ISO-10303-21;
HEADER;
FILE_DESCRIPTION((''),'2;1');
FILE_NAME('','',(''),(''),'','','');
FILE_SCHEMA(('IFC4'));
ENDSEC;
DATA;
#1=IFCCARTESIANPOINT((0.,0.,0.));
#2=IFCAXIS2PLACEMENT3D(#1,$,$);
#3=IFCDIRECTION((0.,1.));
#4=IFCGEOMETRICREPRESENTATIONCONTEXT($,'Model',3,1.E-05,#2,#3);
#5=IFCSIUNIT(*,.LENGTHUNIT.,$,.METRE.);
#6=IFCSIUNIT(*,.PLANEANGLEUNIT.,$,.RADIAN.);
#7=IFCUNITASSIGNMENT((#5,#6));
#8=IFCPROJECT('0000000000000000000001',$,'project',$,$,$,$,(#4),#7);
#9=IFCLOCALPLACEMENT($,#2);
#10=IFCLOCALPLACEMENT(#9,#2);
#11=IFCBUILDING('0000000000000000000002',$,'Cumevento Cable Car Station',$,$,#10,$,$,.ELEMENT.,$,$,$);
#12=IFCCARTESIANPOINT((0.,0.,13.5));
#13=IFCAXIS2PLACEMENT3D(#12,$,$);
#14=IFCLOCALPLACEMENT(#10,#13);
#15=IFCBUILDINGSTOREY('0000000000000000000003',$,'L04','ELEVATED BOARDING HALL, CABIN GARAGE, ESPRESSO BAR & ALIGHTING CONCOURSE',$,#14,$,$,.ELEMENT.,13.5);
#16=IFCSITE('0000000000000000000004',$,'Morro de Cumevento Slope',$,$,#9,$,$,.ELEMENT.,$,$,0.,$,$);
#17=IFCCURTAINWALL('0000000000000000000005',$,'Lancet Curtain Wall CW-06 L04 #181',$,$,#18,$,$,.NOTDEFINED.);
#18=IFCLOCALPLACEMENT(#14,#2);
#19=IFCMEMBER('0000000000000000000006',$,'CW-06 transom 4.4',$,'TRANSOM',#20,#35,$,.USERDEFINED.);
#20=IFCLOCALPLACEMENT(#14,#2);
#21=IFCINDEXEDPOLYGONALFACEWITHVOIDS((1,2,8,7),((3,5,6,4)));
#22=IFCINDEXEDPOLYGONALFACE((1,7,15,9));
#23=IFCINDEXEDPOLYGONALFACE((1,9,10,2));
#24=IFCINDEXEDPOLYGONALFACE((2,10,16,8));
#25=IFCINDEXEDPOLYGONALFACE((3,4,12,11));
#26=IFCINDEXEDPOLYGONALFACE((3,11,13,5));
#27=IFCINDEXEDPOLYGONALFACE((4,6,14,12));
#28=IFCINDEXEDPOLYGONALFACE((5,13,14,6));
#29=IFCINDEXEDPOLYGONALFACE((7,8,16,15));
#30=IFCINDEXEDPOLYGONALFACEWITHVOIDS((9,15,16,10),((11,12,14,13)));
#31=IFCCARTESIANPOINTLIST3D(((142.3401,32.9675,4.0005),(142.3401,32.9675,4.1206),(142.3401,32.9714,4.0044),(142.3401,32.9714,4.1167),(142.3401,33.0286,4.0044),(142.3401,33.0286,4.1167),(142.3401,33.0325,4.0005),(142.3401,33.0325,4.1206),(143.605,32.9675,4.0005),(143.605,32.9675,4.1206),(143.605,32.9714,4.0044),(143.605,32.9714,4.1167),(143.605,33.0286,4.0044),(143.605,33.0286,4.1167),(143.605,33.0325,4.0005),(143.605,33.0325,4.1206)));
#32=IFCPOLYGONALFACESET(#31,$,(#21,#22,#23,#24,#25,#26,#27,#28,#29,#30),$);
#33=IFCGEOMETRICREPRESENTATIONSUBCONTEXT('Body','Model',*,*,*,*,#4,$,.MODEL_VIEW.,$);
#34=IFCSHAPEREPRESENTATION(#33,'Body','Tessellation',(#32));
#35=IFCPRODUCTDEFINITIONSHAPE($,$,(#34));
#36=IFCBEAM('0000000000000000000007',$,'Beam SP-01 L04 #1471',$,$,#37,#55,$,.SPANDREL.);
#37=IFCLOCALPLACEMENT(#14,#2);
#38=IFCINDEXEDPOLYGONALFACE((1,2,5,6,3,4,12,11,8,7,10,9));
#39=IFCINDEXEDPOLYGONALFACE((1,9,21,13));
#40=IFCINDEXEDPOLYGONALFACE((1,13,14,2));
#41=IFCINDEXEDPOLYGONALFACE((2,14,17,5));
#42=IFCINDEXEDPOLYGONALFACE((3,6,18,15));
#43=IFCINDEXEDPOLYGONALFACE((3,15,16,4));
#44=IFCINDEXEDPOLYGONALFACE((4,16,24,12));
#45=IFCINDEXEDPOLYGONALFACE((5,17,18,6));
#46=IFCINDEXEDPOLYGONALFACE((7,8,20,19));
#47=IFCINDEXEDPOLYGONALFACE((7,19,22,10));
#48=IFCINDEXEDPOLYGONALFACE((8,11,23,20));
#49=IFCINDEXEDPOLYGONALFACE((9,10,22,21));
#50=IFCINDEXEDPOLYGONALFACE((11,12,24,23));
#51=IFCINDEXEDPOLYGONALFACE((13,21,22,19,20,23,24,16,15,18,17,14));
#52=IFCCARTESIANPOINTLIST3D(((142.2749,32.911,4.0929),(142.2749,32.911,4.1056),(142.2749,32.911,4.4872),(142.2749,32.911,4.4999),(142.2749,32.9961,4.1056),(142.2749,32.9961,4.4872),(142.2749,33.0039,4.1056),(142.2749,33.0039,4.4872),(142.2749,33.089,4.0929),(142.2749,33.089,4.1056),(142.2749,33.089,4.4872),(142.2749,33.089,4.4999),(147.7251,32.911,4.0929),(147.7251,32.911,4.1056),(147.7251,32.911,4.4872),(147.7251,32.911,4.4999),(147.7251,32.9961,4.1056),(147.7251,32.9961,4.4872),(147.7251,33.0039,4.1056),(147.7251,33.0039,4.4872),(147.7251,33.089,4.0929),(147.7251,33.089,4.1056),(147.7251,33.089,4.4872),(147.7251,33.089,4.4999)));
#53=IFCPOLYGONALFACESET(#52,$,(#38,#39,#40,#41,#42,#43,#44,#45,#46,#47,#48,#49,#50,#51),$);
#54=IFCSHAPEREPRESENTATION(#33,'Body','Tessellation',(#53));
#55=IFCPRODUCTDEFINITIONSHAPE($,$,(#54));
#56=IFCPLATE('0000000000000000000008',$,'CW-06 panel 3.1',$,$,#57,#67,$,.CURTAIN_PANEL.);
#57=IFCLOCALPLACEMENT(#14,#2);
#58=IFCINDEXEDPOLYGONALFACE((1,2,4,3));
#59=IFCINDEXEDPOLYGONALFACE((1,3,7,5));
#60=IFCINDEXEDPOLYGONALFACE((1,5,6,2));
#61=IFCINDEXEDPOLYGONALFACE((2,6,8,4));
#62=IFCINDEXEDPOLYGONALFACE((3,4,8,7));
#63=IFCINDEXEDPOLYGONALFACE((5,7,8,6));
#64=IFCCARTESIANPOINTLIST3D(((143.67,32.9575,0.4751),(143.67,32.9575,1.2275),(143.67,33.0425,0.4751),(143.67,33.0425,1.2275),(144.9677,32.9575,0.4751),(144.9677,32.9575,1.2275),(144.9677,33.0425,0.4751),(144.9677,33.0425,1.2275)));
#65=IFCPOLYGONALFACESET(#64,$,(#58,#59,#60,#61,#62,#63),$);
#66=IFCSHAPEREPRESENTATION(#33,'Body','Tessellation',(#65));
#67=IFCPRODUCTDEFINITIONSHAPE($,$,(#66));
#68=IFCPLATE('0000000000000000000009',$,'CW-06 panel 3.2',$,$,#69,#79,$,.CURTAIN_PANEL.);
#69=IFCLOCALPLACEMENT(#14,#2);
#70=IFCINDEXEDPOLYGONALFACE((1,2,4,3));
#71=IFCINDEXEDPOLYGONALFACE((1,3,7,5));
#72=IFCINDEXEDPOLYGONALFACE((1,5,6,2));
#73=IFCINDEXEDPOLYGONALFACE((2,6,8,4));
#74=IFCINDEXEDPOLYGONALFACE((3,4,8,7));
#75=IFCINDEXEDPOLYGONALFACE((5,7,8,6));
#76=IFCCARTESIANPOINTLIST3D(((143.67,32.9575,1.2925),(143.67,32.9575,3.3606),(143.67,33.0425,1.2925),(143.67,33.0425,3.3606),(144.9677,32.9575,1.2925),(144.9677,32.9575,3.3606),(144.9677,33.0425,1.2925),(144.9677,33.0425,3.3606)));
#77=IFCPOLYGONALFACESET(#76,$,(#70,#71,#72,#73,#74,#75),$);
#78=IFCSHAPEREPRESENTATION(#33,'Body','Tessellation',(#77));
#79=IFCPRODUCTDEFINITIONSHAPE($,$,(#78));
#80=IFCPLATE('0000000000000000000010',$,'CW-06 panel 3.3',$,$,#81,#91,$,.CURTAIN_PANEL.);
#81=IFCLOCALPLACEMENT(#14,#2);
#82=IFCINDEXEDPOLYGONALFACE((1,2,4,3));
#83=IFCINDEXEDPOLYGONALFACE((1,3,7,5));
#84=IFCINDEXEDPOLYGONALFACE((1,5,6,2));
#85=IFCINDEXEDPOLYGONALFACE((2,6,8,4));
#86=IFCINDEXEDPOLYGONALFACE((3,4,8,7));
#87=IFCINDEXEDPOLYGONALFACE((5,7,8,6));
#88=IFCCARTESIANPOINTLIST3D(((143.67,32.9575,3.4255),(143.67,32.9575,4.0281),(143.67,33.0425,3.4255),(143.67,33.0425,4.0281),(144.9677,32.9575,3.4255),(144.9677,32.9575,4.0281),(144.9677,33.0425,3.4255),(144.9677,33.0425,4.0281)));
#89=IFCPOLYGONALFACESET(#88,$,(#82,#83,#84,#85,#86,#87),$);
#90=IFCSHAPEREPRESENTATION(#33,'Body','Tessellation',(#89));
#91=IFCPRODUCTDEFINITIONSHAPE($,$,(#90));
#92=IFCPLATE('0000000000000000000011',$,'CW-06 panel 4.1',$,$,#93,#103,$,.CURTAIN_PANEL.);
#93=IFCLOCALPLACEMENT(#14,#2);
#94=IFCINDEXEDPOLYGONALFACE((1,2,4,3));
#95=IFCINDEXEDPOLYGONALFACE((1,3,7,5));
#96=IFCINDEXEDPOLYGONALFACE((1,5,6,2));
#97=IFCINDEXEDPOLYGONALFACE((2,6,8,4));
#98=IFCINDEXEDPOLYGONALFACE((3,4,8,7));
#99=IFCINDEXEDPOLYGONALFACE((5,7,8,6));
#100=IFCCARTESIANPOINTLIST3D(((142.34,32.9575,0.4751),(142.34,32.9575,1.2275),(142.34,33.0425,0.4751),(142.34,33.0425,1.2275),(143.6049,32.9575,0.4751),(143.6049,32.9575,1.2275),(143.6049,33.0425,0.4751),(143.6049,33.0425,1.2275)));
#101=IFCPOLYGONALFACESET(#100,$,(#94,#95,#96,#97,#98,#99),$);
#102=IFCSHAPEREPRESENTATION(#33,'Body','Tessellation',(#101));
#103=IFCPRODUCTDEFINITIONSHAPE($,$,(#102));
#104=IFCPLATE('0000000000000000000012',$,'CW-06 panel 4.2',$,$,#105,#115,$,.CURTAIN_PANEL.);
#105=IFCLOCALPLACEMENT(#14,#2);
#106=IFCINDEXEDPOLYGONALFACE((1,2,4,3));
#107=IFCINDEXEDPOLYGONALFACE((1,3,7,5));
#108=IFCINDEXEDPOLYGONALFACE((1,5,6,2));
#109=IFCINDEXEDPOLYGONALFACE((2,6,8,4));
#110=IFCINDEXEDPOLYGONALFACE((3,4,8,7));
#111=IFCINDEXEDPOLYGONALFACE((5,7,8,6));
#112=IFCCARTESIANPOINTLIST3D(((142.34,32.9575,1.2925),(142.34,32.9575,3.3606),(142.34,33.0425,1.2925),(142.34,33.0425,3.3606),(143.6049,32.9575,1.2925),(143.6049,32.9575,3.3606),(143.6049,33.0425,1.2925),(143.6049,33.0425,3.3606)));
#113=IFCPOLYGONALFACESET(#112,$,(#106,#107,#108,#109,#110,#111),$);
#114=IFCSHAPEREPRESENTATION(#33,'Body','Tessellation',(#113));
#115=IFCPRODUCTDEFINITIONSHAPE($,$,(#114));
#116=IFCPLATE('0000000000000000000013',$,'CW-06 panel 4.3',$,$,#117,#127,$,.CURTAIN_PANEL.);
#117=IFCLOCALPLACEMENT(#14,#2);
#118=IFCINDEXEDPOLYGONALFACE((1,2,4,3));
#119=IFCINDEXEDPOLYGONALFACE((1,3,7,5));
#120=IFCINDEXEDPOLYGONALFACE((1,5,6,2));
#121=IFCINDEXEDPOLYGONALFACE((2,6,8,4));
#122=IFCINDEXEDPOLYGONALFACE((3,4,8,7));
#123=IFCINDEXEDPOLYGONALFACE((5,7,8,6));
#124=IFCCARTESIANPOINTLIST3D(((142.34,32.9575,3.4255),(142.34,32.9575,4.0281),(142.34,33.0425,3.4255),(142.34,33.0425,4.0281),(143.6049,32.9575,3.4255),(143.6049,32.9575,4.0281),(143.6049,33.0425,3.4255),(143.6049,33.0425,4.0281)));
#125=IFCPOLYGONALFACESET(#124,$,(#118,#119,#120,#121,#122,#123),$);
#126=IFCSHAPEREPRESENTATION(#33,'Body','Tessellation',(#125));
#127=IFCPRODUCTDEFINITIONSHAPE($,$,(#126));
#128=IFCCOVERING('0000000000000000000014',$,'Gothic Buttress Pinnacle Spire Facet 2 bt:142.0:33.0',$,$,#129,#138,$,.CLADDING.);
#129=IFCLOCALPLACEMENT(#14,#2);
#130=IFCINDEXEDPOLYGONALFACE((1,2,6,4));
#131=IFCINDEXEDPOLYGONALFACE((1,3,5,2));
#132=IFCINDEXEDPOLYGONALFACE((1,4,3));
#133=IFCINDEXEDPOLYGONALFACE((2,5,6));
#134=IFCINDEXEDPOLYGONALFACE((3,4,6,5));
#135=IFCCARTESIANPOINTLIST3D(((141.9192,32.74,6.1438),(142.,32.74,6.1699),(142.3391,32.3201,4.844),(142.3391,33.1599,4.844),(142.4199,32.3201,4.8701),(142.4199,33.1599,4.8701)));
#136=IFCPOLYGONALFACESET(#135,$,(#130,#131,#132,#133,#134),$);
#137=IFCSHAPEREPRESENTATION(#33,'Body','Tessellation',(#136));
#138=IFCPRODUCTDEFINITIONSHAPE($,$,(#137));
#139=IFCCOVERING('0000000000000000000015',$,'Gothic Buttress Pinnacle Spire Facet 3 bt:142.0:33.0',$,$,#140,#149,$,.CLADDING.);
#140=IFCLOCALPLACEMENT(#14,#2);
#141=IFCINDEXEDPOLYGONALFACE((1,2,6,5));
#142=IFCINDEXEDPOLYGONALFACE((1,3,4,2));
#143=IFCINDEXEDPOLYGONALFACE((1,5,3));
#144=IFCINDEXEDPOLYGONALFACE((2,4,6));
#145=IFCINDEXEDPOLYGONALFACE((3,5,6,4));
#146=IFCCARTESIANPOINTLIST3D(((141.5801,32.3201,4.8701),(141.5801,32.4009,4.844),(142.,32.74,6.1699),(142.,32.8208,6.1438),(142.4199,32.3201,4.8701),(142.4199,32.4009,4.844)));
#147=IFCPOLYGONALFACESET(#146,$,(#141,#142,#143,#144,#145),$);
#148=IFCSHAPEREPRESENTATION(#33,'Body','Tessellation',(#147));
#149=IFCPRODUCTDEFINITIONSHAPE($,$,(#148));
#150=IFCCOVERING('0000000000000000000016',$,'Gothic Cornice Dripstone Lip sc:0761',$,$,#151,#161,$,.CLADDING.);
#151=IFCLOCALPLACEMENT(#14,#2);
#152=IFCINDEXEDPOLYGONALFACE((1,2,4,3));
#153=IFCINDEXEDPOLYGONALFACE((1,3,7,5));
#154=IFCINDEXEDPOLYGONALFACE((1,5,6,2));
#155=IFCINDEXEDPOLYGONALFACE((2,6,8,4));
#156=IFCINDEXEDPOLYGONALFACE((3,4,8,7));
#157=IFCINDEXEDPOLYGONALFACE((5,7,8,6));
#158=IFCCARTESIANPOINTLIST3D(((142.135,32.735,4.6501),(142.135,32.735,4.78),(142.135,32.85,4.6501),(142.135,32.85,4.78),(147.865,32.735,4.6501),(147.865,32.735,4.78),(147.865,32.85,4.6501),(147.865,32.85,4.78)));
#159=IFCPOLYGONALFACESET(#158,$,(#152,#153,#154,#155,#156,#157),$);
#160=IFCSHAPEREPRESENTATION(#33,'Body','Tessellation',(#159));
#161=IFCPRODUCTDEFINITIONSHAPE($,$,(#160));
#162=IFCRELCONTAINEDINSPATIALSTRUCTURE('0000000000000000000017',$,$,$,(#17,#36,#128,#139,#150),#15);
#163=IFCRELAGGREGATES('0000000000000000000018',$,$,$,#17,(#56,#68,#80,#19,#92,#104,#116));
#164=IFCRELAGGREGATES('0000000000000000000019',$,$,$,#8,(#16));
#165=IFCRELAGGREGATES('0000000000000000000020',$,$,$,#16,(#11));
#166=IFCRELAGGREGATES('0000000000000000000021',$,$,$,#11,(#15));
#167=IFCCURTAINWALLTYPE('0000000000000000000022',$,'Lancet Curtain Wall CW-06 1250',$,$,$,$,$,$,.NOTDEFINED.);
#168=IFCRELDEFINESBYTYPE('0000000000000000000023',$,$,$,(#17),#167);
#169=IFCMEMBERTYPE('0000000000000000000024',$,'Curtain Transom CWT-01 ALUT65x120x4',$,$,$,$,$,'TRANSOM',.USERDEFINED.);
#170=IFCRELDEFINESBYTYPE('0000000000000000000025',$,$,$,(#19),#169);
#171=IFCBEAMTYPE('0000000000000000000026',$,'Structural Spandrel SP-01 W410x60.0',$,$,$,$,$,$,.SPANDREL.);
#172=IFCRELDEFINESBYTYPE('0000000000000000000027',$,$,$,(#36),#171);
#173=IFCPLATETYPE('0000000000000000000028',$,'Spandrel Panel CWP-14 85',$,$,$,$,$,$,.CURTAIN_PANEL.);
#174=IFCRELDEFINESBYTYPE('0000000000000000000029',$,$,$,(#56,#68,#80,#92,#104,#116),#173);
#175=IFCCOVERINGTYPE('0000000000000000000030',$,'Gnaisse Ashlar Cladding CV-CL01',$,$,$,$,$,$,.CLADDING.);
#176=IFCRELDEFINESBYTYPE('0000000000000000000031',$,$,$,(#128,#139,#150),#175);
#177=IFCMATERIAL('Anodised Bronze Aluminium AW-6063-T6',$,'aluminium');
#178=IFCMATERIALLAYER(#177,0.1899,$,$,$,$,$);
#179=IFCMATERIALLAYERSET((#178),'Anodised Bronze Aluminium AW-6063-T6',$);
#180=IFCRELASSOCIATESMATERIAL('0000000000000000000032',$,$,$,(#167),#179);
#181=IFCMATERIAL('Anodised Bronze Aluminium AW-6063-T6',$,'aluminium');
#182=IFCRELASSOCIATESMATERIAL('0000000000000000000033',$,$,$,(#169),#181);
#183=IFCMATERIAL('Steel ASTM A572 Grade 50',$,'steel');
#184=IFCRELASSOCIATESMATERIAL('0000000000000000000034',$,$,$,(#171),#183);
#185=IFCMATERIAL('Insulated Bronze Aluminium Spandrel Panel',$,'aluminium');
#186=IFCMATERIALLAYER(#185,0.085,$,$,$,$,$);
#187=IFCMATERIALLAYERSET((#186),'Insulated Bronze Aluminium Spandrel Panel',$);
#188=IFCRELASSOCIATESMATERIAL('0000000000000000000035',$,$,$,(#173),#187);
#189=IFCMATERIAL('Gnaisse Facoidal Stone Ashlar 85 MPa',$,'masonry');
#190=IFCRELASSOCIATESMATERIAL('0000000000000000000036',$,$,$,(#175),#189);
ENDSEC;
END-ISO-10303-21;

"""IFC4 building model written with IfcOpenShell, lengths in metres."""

from ifc_helpers import new_model, si_unit, direction, frame, origin, origin_2d, place, context, subcontext, project, spatial, polyline, rectangle, hollow_rectangle, i_section, outline, extrude, material, layer, layer_set, material_profile, profile_set, type_object, element, aggregate, save


model = new_model("IFC4")

# Units and contexts
model_context = context("Model", 3, precision=1e-05, world=origin(), true_north=direction((0.0, 1.0)))
body_context = subcontext(model_context, "Body", "Model", "MODEL_VIEW")
ifc_project = project(units=[si_unit("LENGTHUNIT", "METRE"), si_unit("PLANEANGLEUNIT", "RADIAN")], contexts=[model_context])

# Site, building, storey
site_placement = place(None, origin())
site = spatial("IfcSite", under=ifc_project, at=site_placement, Name="Morro de Cumevento Slope", CompositionType="ELEMENT", RefElevation=0.0)
building_placement = place(site_placement, origin())
building = spatial("IfcBuilding", under=site, at=building_placement, Name="Cumevento Cable Car Station", CompositionType="ELEMENT")
storey_placement = place(building_placement, frame((0.0, 0.0, 13.5)))
storey = spatial("IfcBuildingStorey", under=building, at=storey_placement, Name="L04", Description="ELEVATED BOARDING HALL, CABIN GARAGE, ESPRESSO BAR & ALIGHTING CONCOURSE", CompositionType="ELEMENT", Elevation=13.5)

# Curtain wall, member
ifc_material_1 = material(Name="Anodised Bronze Aluminium AW-6063-T6", Category="aluminium")
ifc_layer_1 = layer(ifc_material_1, 0.1899)
ifc_layer_set_1 = layer_set([ifc_layer_1], Name="Anodised Bronze Aluminium AW-6063-T6")
curtain_wall_type = type_object("IfcCurtainWallType", Name="Lancet Curtain Wall CW-06 1250", PredefinedType="NOTDEFINED", material=ifc_layer_set_1)
curtain_wall_placement = place(storey_placement, origin())
curtain_wall = element("IfcCurtainWall", 1, at=curtain_wall_placement, inside=storey, type_object=curtain_wall_type, Name="Lancet Curtain Wall CW-06 L04 #181", PredefinedType="NOTDEFINED")
ifc_material_2 = material(Name="Anodised Bronze Aluminium AW-6063-T6", Category="aluminium")
ifc_material_profile_1 = material_profile(ifc_material_2, hollow_rectangle(XDim=0.0649, YDim=0.1201, WallThickness=0.0039, at=origin_2d()), Name="ALUT65x120x4")
ifc_profile_set_1 = profile_set([ifc_material_profile_1], Name="Anodised Bronze Aluminium AW-6063-T6")
member_type_1 = type_object("IfcMemberType", Name="Curtain Transom CWT-01 ALUT65x120x4", ElementType="TRANSOM", PredefinedType="USERDEFINED", material=ifc_profile_set_1)
member_1_placement = place(storey_placement, frame((143.605, 33.0, 4.0605), z_axis=(-1.0, 0.0, 0.0), x_axis=(0.0, -1.0, 0.0)))
member_1 = element("IfcMember", 2, at=member_1_placement, type_object=member_type_1, Name="CW-06 transom 4.4", ObjectType="TRANSOM", PredefinedType="USERDEFINED", context=body_context, shape_type="SweptSolid", body=[
    extrude(hollow_rectangle(XDim=0.0649, YDim=0.1201, WallThickness=0.0039, at=origin_2d()), origin(), (0.0, 0.0, 1.0), 1.2649),
])

# Beam
ifc_material_3 = material(Name="Steel ASTM A572 Grade 50", Category="steel")
ifc_material_profile_2 = material_profile(ifc_material_3, i_section(OverallWidth=0.178, OverallDepth=0.407, WebThickness=0.0078, FlangeThickness=0.0127, at=origin_2d()), Name="W410x60.0")
ifc_profile_set_2 = profile_set([ifc_material_profile_2], Name="Steel ASTM A572 Grade 50")
beam_type = type_object("IfcBeamType", Name="Structural Spandrel SP-01 W410x60.0", PredefinedType="SPANDREL", material=ifc_profile_set_2)
beam_placement = place(storey_placement, frame((142.2749, 33.0, 4.2964), z_axis=(1.0, 0.0, 0.0), x_axis=(0.0, 1.0, 0.0)))
element("IfcBeam", 3, at=beam_placement, inside=storey, type_object=beam_type, Name="Beam SP-01 L04 #1471", PredefinedType="SPANDREL", context=body_context, shape_type="SweptSolid", body=[
    extrude(i_section(OverallWidth=0.178, OverallDepth=0.407, WebThickness=0.0078, FlangeThickness=0.0127, at=origin_2d()), origin(), (0.0, 0.0, 1.0), 5.4502),
])

# Plates
ifc_material_4 = material(Name="Insulated Bronze Aluminium Spandrel Panel", Category="aluminium")
ifc_layer_2 = layer(ifc_material_4, 0.085)
ifc_layer_set_2 = layer_set([ifc_layer_2], Name="Insulated Bronze Aluminium Spandrel Panel")
plate_type = type_object("IfcPlateType", Name="Spandrel Panel CWP-14 85", PredefinedType="CURTAIN_PANEL", material=ifc_layer_set_2)
plate_1_placement = place(storey_placement, frame((144.3188, 33.0, 0.4751), z_axis=(0.0, 0.0, 1.0), x_axis=(-1.0, 0.0, 0.0)))
plate_1 = element("IfcPlate", 4, at=plate_1_placement, type_object=plate_type, Name="CW-06 panel 3.1", PredefinedType="CURTAIN_PANEL", context=body_context, shape_type="SweptSolid", body=[
    extrude(rectangle(XDim=1.2976, YDim=0.085, at=origin_2d()), origin(), (0.0, 0.0, 1.0), 0.7524),
])
plate_2_placement = place(storey_placement, frame((144.3188, 33.0, 1.2925), z_axis=(0.0, 0.0, 1.0), x_axis=(-1.0, 0.0, 0.0)))
plate_2 = element("IfcPlate", 5, at=plate_2_placement, type_object=plate_type, Name="CW-06 panel 3.2", PredefinedType="CURTAIN_PANEL", context=body_context, shape_type="SweptSolid", body=[
    extrude(rectangle(XDim=1.2976, YDim=0.085, at=origin_2d()), origin(), (0.0, 0.0, 1.0), 2.0681),
])
plate_3_placement = place(storey_placement, frame((144.3188, 33.0, 3.4255), z_axis=(0.0, 0.0, 1.0), x_axis=(-1.0, 0.0, 0.0)))
plate_3 = element("IfcPlate", 6, at=plate_3_placement, type_object=plate_type, Name="CW-06 panel 3.3", PredefinedType="CURTAIN_PANEL", context=body_context, shape_type="SweptSolid", body=[
    extrude(rectangle(XDim=1.2976, YDim=0.085, at=origin_2d()), origin(), (0.0, 0.0, 1.0), 0.6025),
])
plate_4_placement = place(storey_placement, frame((142.9724, 33.0, 0.4751), z_axis=(0.0, 0.0, 1.0), x_axis=(-1.0, 0.0, 0.0)))
plate_4 = element("IfcPlate", 7, at=plate_4_placement, type_object=plate_type, Name="CW-06 panel 4.1", PredefinedType="CURTAIN_PANEL", context=body_context, shape_type="SweptSolid", body=[
    extrude(rectangle(XDim=1.2649, YDim=0.085, at=origin_2d()), origin(), (0.0, 0.0, 1.0), 0.7524),
])
plate_5_placement = place(storey_placement, frame((142.9724, 33.0, 1.2925), z_axis=(0.0, 0.0, 1.0), x_axis=(-1.0, 0.0, 0.0)))
plate_5 = element("IfcPlate", 8, at=plate_5_placement, type_object=plate_type, Name="CW-06 panel 4.2", PredefinedType="CURTAIN_PANEL", context=body_context, shape_type="SweptSolid", body=[
    extrude(rectangle(XDim=1.2649, YDim=0.085, at=origin_2d()), origin(), (0.0, 0.0, 1.0), 2.0681),
])
plate_6_placement = place(storey_placement, frame((142.9724, 33.0, 3.4255), z_axis=(0.0, 0.0, 1.0), x_axis=(-1.0, 0.0, 0.0)))
plate_6 = element("IfcPlate", 9, at=plate_6_placement, type_object=plate_type, Name="CW-06 panel 4.3", PredefinedType="CURTAIN_PANEL", context=body_context, shape_type="SweptSolid", body=[
    extrude(rectangle(XDim=1.2649, YDim=0.085, at=origin_2d()), origin(), (0.0, 0.0, 1.0), 0.6025),
])
aggregate(curtain_wall, [plate_1, plate_2, plate_3, member_1, plate_4, plate_5, plate_6])

# Coverings
ifc_material_5 = material(Name="Gnaisse Facoidal Stone Ashlar 85 MPa", Category="masonry")
covering_type = type_object("IfcCoveringType", Name="Gnaisse Ashlar Cladding CV-CL01", PredefinedType="CLADDING", material=ifc_material_5)
for number, where, z_axis, x_axis, name in (
    (10, (142.4199, 33.1599, 4.8701), (0.951574, 0.0, 0.307421), (0.0, -1.0, 0.0), "Gothic Buttress Pinnacle Spire Facet 2 bt:142.0:33.0"),
    (11, (142.4199, 32.3201, 4.8701), (0.0, -0.951574, 0.307421), (-1.0, 0.0, 0.0), "Gothic Buttress Pinnacle Spire Facet 3 bt:142.0:33.0"),
):
    element("IfcCovering", number, at=place(storey_placement, frame(where, z_axis=z_axis, x_axis=x_axis)), inside=storey, type_object=covering_type, Name=name, PredefinedType="CLADDING", context=body_context, shape_type="SweptSolid", body=[
        extrude(outline(polyline([(0.0, 0.0), (0.8398, 0.0), (0.4199, -1.366), (0.0, 0.0)])), origin(), (0.0, 0.0, -1.0), 0.085),
    ])
covering_1_placement = place(storey_placement, frame((145.0, 32.7925, 4.6501), z_axis=(0.0, 0.0, 1.0), x_axis=(-1.0, 0.0, 0.0)))
element("IfcCovering", 12, at=covering_1_placement, inside=storey, type_object=covering_type, Name="Gothic Cornice Dripstone Lip sc:0761", PredefinedType="CLADDING", context=body_context, shape_type="SweptSolid", body=[
    extrude(rectangle(XDim=5.73, YDim=0.115, at=origin_2d()), origin(), (0.0, 0.0, 1.0), 0.1299),
])

save(model, "model.ifc")
